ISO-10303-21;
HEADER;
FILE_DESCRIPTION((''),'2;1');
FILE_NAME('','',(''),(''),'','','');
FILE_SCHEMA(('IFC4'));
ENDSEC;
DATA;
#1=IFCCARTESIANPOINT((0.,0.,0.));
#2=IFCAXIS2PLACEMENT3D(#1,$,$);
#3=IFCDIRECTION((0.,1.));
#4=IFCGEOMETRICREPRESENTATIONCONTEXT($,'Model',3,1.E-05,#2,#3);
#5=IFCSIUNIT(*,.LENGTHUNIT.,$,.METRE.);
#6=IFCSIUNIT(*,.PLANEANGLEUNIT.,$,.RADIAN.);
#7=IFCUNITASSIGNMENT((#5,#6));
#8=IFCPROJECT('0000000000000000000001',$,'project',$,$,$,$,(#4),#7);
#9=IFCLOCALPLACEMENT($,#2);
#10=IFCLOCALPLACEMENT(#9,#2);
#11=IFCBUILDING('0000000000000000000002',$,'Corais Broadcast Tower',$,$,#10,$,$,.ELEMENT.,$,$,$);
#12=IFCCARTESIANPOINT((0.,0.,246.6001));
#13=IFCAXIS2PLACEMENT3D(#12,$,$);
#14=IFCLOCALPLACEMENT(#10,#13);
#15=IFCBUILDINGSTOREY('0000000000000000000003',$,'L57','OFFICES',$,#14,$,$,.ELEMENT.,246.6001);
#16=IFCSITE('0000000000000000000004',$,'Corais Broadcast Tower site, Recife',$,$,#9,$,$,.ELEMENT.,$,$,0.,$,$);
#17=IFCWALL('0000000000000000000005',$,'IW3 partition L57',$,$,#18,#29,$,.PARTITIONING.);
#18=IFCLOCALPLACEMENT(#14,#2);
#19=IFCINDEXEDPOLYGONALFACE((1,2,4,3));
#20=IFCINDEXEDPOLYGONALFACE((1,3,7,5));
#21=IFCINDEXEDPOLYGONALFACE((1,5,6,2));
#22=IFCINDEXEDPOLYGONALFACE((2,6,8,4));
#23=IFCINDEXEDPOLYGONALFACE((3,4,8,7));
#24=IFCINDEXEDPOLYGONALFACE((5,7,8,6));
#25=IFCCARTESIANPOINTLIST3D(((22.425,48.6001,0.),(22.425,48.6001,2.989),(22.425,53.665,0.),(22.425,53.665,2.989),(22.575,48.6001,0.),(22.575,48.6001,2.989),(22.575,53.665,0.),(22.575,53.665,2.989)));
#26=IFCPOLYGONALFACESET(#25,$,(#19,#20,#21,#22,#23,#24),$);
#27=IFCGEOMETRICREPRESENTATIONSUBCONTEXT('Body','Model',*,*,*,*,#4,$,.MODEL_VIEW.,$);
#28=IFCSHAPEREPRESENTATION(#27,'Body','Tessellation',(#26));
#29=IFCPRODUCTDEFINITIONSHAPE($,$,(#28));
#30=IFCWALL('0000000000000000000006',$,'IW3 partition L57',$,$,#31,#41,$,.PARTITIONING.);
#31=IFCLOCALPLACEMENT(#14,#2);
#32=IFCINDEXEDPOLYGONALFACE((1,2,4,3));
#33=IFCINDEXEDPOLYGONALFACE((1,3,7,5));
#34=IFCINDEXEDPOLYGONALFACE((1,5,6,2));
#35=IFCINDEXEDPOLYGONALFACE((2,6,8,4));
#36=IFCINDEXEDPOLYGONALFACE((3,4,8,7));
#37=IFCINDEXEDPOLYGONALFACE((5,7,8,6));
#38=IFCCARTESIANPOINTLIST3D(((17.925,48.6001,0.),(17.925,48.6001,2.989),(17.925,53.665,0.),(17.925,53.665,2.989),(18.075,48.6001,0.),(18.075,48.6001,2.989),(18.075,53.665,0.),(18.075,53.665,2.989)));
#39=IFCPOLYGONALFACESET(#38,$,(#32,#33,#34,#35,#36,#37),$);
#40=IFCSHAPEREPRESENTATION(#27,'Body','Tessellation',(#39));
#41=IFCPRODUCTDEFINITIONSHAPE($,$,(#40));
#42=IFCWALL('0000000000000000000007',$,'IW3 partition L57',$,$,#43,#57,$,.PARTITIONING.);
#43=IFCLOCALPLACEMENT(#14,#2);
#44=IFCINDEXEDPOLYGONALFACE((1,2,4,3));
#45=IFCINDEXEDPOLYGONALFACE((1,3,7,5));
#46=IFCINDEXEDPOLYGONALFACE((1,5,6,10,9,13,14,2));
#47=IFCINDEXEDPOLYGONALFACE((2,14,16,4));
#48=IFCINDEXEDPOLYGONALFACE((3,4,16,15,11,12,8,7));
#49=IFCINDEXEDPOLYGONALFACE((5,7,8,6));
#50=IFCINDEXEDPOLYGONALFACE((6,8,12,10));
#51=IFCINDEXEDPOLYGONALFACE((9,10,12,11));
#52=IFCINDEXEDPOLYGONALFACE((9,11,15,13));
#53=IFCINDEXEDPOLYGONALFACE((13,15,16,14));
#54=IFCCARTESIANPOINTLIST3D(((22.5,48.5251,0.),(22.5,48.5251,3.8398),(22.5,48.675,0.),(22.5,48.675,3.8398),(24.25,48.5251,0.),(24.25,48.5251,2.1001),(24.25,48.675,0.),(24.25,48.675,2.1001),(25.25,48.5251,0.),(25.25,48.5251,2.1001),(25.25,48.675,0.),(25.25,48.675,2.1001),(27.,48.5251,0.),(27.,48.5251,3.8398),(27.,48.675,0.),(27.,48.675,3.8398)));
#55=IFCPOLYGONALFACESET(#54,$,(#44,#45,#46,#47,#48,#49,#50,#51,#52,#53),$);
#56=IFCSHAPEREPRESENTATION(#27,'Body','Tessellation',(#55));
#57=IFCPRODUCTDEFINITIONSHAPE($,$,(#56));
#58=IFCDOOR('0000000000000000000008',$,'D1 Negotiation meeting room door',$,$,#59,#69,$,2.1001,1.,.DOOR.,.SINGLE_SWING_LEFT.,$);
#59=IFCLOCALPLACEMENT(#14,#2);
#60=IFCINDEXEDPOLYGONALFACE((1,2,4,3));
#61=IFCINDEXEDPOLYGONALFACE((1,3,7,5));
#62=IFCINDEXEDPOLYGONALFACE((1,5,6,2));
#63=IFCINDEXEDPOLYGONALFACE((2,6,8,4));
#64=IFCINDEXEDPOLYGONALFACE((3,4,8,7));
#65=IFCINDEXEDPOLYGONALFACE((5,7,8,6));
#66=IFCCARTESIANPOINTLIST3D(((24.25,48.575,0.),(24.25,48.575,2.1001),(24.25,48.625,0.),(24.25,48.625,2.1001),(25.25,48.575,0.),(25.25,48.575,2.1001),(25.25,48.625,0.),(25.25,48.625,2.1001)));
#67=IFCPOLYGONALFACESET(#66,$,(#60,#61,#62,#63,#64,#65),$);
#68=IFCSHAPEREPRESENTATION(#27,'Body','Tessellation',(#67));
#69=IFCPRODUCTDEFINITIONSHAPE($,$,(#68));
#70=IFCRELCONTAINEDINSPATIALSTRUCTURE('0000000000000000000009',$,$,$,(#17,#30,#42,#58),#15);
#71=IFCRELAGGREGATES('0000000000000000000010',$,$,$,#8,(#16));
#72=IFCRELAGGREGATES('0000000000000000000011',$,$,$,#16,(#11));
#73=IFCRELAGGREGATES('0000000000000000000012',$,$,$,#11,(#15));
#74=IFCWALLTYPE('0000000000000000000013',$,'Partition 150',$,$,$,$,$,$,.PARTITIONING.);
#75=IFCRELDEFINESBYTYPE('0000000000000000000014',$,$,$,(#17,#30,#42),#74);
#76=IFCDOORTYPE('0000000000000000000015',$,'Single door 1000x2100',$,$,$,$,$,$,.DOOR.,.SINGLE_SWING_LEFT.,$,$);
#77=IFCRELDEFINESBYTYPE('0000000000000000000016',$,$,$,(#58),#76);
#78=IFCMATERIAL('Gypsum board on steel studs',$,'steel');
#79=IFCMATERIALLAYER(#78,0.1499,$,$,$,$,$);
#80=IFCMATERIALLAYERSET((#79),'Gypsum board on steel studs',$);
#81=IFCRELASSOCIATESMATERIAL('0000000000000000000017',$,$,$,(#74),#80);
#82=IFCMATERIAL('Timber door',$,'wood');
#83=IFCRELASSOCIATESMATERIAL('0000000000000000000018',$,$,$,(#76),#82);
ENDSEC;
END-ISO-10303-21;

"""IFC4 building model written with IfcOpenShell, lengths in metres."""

from ifc_helpers import new_model, si_unit, direction, frame, frame_2d, origin, place, context, subcontext, project, spatial, rectangle, extrude, material, layer, layer_set, type_object, element, fill, save


model = new_model("IFC4")

# Units and contexts
model_context = context("Model", 3, precision=1e-05, world=origin(), true_north=direction((0.0, 1.0)))
body_context = subcontext(model_context, "Body", "Model", "MODEL_VIEW")
ifc_project = project(units=[si_unit("LENGTHUNIT", "METRE"), si_unit("PLANEANGLEUNIT", "RADIAN")], contexts=[model_context])

# Site, building, storey
site_placement = place(None, origin())
site = spatial("IfcSite", under=ifc_project, at=site_placement, Name="Corais Broadcast Tower site, Recife", CompositionType="ELEMENT", RefElevation=0.0)
building_placement = place(site_placement, origin())
building = spatial("IfcBuilding", under=site, at=building_placement, Name="Corais Broadcast Tower", CompositionType="ELEMENT")
storey_placement = place(building_placement, frame((0.0, 0.0, 246.6001)))
storey = spatial("IfcBuildingStorey", under=building, at=storey_placement, Name="L57", Description="OFFICES", CompositionType="ELEMENT", Elevation=246.6001)

# Shared definitions
ifc_material_1 = material(Name="Gypsum board on steel studs", Category="steel")
ifc_layer_1 = layer(ifc_material_1, 0.1499)
ifc_layer_set_1 = layer_set([ifc_layer_1], Name="Gypsum board on steel studs")
wall_type = type_object("IfcWallType", Name="Partition 150", PredefinedType="PARTITIONING", material=ifc_layer_set_1)

# Shared definitions
ifc_material_2 = material(Name="Timber door", Category="wood")
door_type = type_object("IfcDoorType", Name="Single door 1000x2100", OperationType="SINGLE_SWING_LEFT", PredefinedType="DOOR", material=ifc_material_2)

# Walls
for number, where, z_axis, x_axis, name in (
    (1, (22.5, 48.6001, 0.0), (0.0, 0.0, 1.0), (0.0, 1.0, 0.0), "IW3 partition L57"),
    (2, (18.0, 53.665, 0.0), (0.0, 0.0, 1.0), (0.0, -1.0, 0.0), "IW3 partition L57"),
):
    element("IfcWall", number, at=place(storey_placement, frame(where, z_axis=z_axis, x_axis=x_axis)), inside=storey, type_object=wall_type, Name=name, PredefinedType="PARTITIONING", context=body_context, shape_type="SweptSolid", body=[
        extrude(rectangle(XDim=5.0649, YDim=0.1499, at=frame_2d((2.5325, 0.0))), origin(), (0.0, 0.0, 1.0), 2.989),
    ])

# Wall, opening, door
wall_1_placement = place(storey_placement, frame((22.5, 48.6001, 0.0), z_axis=(0.0, 0.0, 1.0), x_axis=(1.0, 0.0, 0.0)))
wall_1 = element("IfcWall", 3, at=wall_1_placement, inside=storey, type_object=wall_type, Name="IW3 partition L57", PredefinedType="PARTITIONING", context=body_context, shape_type="SweptSolid", body=[
    extrude(rectangle(XDim=4.5, YDim=0.1499, at=frame_2d((2.25, 0.0))), origin(), (0.0, 0.0, 1.0), 3.8398),
])
opening_1_placement = place(wall_1_placement, frame((1.75, 0.0, 0.0)))
opening_1 = element("IfcOpeningElement", 4, at=opening_1_placement, cuts=wall_1, PredefinedType="OPENING", context=body_context, shape_type="SweptSolid", body=[
    extrude(rectangle(XDim=1.0, YDim=2.1001, at=frame_2d((0.5, 1.05))), frame((0.0, 0.085, 0.0), z_axis=(0.0, -1.0, 0.0), x_axis=(1.0, 0.0, 0.0)), (0.0, 0.0, 1.0), 0.1699),
])
door_1_placement = place(opening_1_placement, origin())
door_1 = element("IfcDoor", 5, at=door_1_placement, inside=storey, type_object=door_type, Name="D1 Negotiation meeting room door", OperationType="SINGLE_SWING_LEFT", OverallHeight=2.1001, OverallWidth=1.0, PredefinedType="DOOR", context=body_context, shape_type="SweptSolid", body=[
    extrude(rectangle(XDim=1.0, YDim=2.1001, at=frame_2d((0.5, 1.05))), frame((0.0, 0.0249, 0.0), z_axis=(0.0, -1.0, 0.0), x_axis=(1.0, 0.0, 0.0)), (0.0, 0.0, 1.0), 0.05),
])
fill(opening_1, door_1)

save(model, "model.ifc")
